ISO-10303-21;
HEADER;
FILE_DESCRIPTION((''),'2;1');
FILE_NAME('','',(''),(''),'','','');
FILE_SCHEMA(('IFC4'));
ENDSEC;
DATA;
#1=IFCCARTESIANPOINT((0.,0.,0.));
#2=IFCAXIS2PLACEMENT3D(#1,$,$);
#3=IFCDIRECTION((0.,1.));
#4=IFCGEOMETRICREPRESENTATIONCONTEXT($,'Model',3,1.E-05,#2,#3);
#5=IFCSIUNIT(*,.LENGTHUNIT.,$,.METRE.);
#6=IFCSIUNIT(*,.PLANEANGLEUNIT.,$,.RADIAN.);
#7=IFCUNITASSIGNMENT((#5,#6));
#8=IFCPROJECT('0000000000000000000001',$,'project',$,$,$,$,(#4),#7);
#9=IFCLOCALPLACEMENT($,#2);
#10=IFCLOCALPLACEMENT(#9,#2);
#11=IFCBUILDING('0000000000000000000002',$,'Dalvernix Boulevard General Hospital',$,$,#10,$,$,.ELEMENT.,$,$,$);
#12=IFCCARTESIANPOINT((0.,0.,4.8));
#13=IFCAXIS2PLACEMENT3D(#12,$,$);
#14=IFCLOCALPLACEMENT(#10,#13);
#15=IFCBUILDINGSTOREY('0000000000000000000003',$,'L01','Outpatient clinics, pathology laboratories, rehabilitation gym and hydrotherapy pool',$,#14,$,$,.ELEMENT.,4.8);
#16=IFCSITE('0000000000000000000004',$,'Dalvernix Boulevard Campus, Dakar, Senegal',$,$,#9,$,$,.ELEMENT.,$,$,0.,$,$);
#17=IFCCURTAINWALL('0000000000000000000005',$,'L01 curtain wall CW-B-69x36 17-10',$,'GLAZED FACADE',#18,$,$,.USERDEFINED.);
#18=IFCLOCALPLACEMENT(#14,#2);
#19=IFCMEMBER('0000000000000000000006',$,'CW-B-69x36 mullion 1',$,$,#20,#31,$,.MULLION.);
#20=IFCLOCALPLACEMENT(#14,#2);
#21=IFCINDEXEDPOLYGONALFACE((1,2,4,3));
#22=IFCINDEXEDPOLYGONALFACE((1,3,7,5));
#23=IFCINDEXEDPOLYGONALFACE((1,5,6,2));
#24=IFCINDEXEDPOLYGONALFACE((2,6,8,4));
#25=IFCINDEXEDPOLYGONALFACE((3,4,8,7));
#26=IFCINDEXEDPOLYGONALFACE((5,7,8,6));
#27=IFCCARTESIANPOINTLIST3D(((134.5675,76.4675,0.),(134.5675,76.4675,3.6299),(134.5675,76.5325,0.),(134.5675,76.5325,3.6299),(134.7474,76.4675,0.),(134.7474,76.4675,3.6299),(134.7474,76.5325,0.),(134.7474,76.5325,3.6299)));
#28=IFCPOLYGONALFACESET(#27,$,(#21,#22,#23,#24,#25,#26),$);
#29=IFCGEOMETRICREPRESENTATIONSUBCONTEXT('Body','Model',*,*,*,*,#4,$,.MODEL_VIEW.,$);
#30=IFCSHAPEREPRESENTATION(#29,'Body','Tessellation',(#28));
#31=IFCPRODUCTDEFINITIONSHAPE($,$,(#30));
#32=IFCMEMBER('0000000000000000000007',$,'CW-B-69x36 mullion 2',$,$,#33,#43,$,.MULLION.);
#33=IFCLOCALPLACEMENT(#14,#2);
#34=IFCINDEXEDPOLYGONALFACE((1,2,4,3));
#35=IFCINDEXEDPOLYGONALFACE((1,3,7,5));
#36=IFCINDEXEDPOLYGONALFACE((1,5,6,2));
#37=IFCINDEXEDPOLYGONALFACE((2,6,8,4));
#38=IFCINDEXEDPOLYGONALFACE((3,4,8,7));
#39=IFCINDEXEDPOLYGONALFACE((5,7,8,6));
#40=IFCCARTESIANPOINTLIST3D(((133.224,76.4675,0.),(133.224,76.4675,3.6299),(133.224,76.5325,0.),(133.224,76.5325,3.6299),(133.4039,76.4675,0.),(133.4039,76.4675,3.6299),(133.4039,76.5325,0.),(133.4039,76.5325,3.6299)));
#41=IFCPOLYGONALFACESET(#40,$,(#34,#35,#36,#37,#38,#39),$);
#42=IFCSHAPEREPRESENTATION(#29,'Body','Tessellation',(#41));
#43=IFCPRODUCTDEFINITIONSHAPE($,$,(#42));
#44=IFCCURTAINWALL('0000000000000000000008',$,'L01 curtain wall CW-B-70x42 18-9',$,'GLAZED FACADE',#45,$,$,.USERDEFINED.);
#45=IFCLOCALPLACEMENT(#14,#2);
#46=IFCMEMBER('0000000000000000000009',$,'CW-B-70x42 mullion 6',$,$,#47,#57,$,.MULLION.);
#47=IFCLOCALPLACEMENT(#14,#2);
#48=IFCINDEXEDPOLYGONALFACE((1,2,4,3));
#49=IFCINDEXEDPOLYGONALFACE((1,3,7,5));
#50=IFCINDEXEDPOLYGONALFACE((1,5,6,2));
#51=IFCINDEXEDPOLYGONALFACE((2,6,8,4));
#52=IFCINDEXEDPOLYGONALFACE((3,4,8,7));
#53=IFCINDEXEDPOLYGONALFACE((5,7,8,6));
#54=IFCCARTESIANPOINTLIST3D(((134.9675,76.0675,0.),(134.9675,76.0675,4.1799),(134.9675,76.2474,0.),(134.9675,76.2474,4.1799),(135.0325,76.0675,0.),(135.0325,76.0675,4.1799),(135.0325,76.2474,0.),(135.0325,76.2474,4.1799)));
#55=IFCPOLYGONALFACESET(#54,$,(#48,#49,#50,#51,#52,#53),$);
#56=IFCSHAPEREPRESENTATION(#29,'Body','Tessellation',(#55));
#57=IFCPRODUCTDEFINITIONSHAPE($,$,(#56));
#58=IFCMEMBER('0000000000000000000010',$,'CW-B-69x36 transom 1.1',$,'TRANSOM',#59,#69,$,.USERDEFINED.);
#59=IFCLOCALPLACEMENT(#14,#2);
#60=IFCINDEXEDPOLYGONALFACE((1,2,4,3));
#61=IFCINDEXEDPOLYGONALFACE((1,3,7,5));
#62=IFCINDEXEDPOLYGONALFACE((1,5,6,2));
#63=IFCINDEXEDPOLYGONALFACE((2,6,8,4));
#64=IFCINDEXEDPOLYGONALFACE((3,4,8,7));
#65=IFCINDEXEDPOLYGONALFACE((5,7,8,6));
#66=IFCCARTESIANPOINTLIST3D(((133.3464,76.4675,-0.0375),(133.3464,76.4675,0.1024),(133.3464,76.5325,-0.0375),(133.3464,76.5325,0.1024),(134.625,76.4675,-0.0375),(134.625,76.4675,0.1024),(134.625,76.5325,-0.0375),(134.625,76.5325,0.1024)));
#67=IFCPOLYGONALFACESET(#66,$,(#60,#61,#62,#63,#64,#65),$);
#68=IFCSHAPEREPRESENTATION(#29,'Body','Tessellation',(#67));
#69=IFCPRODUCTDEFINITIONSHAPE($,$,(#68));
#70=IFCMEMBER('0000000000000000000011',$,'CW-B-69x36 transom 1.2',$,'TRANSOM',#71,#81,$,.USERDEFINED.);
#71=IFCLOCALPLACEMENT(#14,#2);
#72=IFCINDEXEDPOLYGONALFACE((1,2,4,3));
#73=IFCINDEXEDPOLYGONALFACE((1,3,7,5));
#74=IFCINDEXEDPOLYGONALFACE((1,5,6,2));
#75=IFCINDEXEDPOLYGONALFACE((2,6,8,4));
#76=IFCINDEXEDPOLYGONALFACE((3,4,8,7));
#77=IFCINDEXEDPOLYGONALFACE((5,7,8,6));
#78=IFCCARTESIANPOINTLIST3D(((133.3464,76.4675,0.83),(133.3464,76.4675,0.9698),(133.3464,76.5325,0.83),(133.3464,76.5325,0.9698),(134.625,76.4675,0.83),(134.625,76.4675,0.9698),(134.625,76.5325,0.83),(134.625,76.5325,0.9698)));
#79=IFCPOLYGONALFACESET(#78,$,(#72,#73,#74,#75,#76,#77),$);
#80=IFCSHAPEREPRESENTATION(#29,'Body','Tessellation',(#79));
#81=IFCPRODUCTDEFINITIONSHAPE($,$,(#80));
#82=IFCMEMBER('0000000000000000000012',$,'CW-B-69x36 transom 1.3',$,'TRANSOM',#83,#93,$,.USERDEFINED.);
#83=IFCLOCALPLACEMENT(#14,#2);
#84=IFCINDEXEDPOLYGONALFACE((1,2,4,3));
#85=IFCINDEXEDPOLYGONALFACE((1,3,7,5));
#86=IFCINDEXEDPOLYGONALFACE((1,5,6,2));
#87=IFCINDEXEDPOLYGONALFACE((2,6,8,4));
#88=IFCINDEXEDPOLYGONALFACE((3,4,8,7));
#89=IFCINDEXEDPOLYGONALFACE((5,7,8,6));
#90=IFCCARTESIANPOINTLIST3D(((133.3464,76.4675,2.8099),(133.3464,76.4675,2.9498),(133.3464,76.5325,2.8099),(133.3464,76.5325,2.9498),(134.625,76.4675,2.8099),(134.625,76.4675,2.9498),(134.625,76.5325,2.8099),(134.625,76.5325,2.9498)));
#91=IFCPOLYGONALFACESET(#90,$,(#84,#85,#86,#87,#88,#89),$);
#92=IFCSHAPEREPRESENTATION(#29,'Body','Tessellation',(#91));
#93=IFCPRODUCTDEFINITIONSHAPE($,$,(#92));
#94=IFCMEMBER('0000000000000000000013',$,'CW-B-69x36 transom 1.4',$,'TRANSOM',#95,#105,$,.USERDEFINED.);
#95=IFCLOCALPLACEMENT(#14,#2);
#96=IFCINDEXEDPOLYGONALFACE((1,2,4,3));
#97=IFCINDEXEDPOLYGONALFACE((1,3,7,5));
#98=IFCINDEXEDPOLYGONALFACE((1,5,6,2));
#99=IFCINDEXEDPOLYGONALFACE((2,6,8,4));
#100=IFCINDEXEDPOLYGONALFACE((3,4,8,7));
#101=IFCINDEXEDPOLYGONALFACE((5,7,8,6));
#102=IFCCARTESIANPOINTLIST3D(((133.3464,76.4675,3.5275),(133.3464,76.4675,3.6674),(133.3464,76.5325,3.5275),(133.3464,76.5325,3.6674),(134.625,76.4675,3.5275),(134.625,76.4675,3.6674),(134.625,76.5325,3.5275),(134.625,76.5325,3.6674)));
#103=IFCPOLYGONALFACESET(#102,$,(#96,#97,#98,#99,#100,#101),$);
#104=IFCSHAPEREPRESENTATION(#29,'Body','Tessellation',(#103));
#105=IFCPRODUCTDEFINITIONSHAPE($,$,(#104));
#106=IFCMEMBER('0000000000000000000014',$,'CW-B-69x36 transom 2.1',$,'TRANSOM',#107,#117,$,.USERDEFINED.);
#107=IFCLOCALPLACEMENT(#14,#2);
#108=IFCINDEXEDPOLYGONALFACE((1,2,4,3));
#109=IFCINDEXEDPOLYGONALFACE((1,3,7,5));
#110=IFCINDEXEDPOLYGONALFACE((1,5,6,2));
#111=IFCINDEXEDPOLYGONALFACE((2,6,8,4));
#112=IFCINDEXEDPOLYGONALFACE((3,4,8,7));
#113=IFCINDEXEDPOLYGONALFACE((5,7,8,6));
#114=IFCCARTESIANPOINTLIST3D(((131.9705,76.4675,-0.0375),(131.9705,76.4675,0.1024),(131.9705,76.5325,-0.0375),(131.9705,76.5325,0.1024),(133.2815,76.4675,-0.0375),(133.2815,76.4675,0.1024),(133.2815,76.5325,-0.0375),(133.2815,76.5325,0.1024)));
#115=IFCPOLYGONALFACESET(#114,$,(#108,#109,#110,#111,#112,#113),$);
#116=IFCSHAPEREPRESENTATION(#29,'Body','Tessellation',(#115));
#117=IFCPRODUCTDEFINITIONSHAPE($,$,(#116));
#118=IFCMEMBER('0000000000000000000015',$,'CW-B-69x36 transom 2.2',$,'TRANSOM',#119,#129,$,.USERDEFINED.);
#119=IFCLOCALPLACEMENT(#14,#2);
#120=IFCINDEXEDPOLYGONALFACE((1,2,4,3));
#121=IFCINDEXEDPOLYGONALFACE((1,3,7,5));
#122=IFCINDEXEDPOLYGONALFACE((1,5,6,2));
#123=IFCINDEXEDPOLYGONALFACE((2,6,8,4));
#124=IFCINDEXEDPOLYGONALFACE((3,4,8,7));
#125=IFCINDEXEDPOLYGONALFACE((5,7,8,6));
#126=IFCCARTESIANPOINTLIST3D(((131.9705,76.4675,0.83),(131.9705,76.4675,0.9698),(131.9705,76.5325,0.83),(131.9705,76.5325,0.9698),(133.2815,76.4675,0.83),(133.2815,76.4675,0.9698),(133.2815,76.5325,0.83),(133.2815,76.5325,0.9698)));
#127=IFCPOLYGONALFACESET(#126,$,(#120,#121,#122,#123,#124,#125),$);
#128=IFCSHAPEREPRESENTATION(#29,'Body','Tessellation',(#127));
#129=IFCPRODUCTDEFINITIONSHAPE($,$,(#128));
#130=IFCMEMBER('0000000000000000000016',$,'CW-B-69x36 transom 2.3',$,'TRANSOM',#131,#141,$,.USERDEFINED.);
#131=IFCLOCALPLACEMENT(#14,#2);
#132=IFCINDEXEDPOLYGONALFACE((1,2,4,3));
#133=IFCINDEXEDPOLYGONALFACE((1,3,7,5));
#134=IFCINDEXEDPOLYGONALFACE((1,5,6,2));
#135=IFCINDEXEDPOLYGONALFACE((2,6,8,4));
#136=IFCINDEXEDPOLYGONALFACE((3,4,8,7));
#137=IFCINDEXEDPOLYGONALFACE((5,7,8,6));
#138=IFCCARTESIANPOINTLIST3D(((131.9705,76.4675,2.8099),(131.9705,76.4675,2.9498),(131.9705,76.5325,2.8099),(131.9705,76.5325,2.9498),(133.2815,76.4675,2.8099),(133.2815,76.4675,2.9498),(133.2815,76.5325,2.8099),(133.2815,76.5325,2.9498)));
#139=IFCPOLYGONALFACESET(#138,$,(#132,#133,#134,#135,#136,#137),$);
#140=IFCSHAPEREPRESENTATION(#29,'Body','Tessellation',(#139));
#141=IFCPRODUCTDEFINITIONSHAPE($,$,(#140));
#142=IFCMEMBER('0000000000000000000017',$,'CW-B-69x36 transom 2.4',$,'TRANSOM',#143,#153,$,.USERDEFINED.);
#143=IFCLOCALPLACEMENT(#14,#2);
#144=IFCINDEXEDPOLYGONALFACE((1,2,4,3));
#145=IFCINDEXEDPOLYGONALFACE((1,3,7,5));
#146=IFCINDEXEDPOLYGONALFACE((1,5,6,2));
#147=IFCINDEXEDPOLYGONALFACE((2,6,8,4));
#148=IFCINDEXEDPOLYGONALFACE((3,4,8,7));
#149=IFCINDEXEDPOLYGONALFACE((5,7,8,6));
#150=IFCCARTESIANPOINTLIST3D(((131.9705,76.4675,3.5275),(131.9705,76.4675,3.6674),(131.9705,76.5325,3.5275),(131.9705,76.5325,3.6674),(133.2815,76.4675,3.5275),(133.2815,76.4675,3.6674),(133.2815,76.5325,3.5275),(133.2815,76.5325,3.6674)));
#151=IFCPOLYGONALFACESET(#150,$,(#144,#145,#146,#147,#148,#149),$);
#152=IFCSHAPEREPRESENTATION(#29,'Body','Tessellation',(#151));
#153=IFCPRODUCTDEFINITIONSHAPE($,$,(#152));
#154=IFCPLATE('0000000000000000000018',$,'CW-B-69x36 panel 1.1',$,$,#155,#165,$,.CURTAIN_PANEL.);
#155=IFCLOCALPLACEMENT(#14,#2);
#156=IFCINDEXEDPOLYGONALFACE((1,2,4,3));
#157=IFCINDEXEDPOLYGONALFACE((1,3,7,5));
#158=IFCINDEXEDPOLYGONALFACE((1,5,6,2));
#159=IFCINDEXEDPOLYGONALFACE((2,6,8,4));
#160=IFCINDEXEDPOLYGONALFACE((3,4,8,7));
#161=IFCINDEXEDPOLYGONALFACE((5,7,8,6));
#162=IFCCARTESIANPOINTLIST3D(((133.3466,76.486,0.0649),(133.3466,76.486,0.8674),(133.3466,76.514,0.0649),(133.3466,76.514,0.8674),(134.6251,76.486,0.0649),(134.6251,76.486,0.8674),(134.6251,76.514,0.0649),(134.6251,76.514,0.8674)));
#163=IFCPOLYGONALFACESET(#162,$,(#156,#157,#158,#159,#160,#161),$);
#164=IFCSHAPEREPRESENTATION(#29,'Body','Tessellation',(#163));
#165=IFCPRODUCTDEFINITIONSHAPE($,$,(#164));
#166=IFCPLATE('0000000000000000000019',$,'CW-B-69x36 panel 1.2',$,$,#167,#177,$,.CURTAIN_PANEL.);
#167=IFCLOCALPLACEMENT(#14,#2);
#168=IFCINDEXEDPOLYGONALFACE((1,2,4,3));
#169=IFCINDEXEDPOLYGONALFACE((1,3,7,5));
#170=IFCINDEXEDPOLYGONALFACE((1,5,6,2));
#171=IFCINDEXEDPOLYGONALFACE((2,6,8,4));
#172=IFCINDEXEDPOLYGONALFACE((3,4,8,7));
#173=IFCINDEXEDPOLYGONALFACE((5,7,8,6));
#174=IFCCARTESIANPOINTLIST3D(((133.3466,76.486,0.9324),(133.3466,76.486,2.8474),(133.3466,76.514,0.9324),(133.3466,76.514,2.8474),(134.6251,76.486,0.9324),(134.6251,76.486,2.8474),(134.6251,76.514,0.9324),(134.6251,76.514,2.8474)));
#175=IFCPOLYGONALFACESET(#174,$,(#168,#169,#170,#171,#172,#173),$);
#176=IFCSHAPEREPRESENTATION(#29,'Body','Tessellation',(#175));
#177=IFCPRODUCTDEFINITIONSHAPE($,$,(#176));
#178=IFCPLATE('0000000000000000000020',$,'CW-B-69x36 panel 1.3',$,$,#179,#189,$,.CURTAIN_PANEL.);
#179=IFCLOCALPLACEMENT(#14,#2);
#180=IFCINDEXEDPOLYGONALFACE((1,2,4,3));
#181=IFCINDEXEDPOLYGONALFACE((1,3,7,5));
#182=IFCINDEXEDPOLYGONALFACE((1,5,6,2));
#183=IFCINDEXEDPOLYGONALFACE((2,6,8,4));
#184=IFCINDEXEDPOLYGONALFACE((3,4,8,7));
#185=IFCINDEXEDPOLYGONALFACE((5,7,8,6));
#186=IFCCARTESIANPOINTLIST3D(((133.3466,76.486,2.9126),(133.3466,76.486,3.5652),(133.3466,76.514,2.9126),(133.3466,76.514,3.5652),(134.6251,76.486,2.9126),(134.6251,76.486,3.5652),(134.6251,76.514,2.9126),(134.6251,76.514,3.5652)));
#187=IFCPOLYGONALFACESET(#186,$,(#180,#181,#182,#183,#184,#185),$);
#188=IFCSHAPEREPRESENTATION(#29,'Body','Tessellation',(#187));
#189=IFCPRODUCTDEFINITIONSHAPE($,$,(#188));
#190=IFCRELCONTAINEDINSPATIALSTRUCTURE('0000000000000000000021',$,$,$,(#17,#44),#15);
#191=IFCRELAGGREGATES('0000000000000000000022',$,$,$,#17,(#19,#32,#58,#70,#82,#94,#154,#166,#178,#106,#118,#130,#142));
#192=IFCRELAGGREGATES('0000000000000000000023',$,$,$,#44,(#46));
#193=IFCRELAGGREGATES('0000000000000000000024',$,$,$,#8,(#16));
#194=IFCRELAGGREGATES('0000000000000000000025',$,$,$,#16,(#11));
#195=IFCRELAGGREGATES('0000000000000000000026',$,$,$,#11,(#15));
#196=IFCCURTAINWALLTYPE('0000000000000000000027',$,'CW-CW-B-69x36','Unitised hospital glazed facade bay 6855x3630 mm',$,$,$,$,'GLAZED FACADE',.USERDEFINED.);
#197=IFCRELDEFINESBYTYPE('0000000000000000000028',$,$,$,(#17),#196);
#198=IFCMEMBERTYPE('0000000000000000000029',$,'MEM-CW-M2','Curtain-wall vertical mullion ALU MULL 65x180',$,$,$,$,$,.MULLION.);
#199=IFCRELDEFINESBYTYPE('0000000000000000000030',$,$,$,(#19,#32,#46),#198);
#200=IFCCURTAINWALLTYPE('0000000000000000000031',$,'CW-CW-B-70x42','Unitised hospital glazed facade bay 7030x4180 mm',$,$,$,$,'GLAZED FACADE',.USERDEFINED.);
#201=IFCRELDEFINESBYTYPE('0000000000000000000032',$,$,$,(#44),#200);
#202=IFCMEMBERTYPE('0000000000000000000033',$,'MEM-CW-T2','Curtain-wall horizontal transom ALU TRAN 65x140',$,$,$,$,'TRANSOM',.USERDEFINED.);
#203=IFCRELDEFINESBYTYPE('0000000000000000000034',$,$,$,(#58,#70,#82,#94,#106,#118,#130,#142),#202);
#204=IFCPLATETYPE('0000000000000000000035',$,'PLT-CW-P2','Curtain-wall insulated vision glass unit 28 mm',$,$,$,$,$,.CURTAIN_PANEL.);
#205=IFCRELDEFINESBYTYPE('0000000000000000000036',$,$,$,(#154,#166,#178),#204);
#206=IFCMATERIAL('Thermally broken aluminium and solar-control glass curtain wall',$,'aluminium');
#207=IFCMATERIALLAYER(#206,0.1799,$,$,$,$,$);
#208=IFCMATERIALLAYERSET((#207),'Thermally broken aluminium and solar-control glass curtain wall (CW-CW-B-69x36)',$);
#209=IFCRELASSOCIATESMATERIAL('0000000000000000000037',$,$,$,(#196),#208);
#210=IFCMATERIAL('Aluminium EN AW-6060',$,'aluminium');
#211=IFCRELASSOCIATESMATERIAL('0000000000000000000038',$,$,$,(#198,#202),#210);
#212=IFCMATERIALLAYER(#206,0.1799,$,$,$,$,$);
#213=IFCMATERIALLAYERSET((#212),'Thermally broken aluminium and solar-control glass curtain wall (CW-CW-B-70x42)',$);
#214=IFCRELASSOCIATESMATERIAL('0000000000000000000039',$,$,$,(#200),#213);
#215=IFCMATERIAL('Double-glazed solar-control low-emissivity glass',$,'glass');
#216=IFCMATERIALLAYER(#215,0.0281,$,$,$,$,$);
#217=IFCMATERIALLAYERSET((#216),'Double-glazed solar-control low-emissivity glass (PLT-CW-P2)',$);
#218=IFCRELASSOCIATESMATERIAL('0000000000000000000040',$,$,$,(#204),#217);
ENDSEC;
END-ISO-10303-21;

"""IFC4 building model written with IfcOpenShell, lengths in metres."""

from ifc_helpers import new_model, si_unit, direction, frame, origin, origin_2d, place, context, subcontext, project, spatial, rectangle, extrude, material, layer, layer_set, material_profile, profile_set, type_object, element, aggregate, save


model = new_model("IFC4")

# Units and contexts
model_context = context("Model", 3, precision=1e-05, world=origin(), true_north=direction((0.0, 1.0)))
body_context = subcontext(model_context, "Body", "Model", "MODEL_VIEW")
ifc_project = project(units=[si_unit("LENGTHUNIT", "METRE"), si_unit("PLANEANGLEUNIT", "RADIAN")], contexts=[model_context])

# Site, building, storey
site_placement = place(None, origin())
site = spatial("IfcSite", under=ifc_project, at=site_placement, Name="Dalvernix Boulevard Campus, Dakar, Senegal", CompositionType="ELEMENT", RefElevation=0.0)
building_placement = place(site_placement, origin())
building = spatial("IfcBuilding", under=site, at=building_placement, Name="Dalvernix Boulevard General Hospital", CompositionType="ELEMENT")
storey_placement = place(building_placement, frame((0.0, 0.0, 4.8)))
storey = spatial("IfcBuildingStorey", under=building, at=storey_placement, Name="L01", Description="Outpatient clinics, pathology laboratories, rehabilitation gym and hydrotherapy pool", CompositionType="ELEMENT", Elevation=4.8)

# Curtain wall, members
ifc_material_1 = material(Name="Thermally broken aluminium and solar-control glass curtain wall", Category="aluminium")
ifc_layer_1 = layer(ifc_material_1, 0.1799)
ifc_layer_set_1 = layer_set([ifc_layer_1], Name="Thermally broken aluminium and solar-control glass curtain wall (CW-CW-B-69x36)")
curtain_wall_type_1 = type_object("IfcCurtainWallType", Name="CW-CW-B-69x36", Description="Unitised hospital glazed facade bay 6855x3630 mm", ElementType="GLAZED FACADE", PredefinedType="USERDEFINED", material=ifc_layer_set_1)
curtain_wall_1_placement = place(storey_placement, origin())
curtain_wall_1 = element("IfcCurtainWall", 1, at=curtain_wall_1_placement, inside=storey, type_object=curtain_wall_type_1, Name="L01 curtain wall CW-B-69x36 17-10", ObjectType="GLAZED FACADE", PredefinedType="USERDEFINED")
ifc_material_2 = material(Name="Aluminium EN AW-6060", Category="aluminium")
ifc_material_profile_1 = material_profile(ifc_material_2, rectangle(XDim=0.0649, YDim=0.1799, at=origin_2d()), Name="ALU MULL 65x180")
ifc_profile_set_1 = profile_set([ifc_material_profile_1], Name="Aluminium EN AW-6060")
member_type_1 = type_object("IfcMemberType", Name="MEM-CW-M2", Description="Curtain-wall vertical mullion ALU MULL 65x180", PredefinedType="MULLION", material=ifc_profile_set_1)
member_1_placement = place(storey_placement, frame((134.6575, 76.5, 0.0), z_axis=(0.0, 0.0, 1.0), x_axis=(0.0, -1.0, 0.0)))
member_1 = element("IfcMember", 2, at=member_1_placement, type_object=member_type_1, Name="CW-B-69x36 mullion 1", PredefinedType="MULLION", context=body_context, shape_type="SweptSolid", body=[
    extrude(rectangle(XDim=0.0649, YDim=0.1799, at=origin_2d()), origin(), (0.0, 0.0, 1.0), 3.6299),
])
member_2_placement = place(storey_placement, frame((133.314, 76.5, 0.0), z_axis=(0.0, 0.0, 1.0), x_axis=(0.0, -1.0, 0.0)))
member_2 = element("IfcMember", 3, at=member_2_placement, type_object=member_type_1, Name="CW-B-69x36 mullion 2", PredefinedType="MULLION", context=body_context, shape_type="SweptSolid", body=[
    extrude(rectangle(XDim=0.0649, YDim=0.1799, at=origin_2d()), origin(), (0.0, 0.0, 1.0), 3.6299),
])

# Curtain wall, member
ifc_layer_2 = layer(ifc_material_1, 0.1799)
ifc_layer_set_2 = layer_set([ifc_layer_2], Name="Thermally broken aluminium and solar-control glass curtain wall (CW-CW-B-70x42)")
curtain_wall_type_2 = type_object("IfcCurtainWallType", Name="CW-CW-B-70x42", Description="Unitised hospital glazed facade bay 7030x4180 mm", ElementType="GLAZED FACADE", PredefinedType="USERDEFINED", material=ifc_layer_set_2)
curtain_wall_2_placement = place(storey_placement, origin())
curtain_wall_2 = element("IfcCurtainWall", 4, at=curtain_wall_2_placement, inside=storey, type_object=curtain_wall_type_2, Name="L01 curtain wall CW-B-70x42 18-9", ObjectType="GLAZED FACADE", PredefinedType="USERDEFINED")
member_3_placement = place(storey_placement, frame((135.0, 76.1575, 0.0), z_axis=(0.0, 0.0, 1.0), x_axis=(-1.0, 0.0, 0.0)))
member_3 = element("IfcMember", 5, at=member_3_placement, type_object=member_type_1, Name="CW-B-70x42 mullion 6", PredefinedType="MULLION", context=body_context, shape_type="SweptSolid", body=[
    extrude(rectangle(XDim=0.0649, YDim=0.1799, at=origin_2d()), origin(), (0.0, 0.0, 1.0), 4.1799),
])

# Members
ifc_material_profile_2 = material_profile(ifc_material_2, rectangle(XDim=0.0649, YDim=0.1399, at=origin_2d()), Name="ALU TRAN 65x140")
ifc_profile_set_2 = profile_set([ifc_material_profile_2], Name="Aluminium EN AW-6060")
member_type_2 = type_object("IfcMemberType", Name="MEM-CW-T2", Description="Curtain-wall horizontal transom ALU TRAN 65x140", ElementType="TRANSOM", PredefinedType="USERDEFINED", material=ifc_profile_set_2)
member_4_placement = place(storey_placement, frame((134.625, 76.5, 0.0325), z_axis=(-1.0, 0.0, 0.0), x_axis=(0.0, -1.0, 0.0)))
member_4 = element("IfcMember", 6, at=member_4_placement, type_object=member_type_2, Name="CW-B-69x36 transom 1.1", ObjectType="TRANSOM", PredefinedType="USERDEFINED", context=body_context, shape_type="SweptSolid", body=[
    extrude(rectangle(XDim=0.0649, YDim=0.1399, at=origin_2d()), origin(), (0.0, 0.0, 1.0), 1.2786),
])
member_5_placement = place(storey_placement, frame((134.625, 76.5, 0.8999), z_axis=(-1.0, 0.0, 0.0), x_axis=(0.0, -1.0, 0.0)))
member_5 = element("IfcMember", 7, at=member_5_placement, type_object=member_type_2, Name="CW-B-69x36 transom 1.2", ObjectType="TRANSOM", PredefinedType="USERDEFINED", context=body_context, shape_type="SweptSolid", body=[
    extrude(rectangle(XDim=0.0649, YDim=0.1399, at=origin_2d()), origin(), (0.0, 0.0, 1.0), 1.2786),
])
member_6_placement = place(storey_placement, frame((134.625, 76.5, 2.8799), z_axis=(-1.0, 0.0, 0.0), x_axis=(0.0, -1.0, 0.0)))
member_6 = element("IfcMember", 8, at=member_6_placement, type_object=member_type_2, Name="CW-B-69x36 transom 1.3", ObjectType="TRANSOM", PredefinedType="USERDEFINED", context=body_context, shape_type="SweptSolid", body=[
    extrude(rectangle(XDim=0.0649, YDim=0.1399, at=origin_2d()), origin(), (0.0, 0.0, 1.0), 1.2786),
])
member_7_placement = place(storey_placement, frame((134.625, 76.5, 3.5974), z_axis=(-1.0, 0.0, 0.0), x_axis=(0.0, -1.0, 0.0)))
member_7 = element("IfcMember", 9, at=member_7_placement, type_object=member_type_2, Name="CW-B-69x36 transom 1.4", ObjectType="TRANSOM", PredefinedType="USERDEFINED", context=body_context, shape_type="SweptSolid", body=[
    extrude(rectangle(XDim=0.0649, YDim=0.1399, at=origin_2d()), origin(), (0.0, 0.0, 1.0), 1.2786),
])
member_8_placement = place(storey_placement, frame((133.2815, 76.5, 0.0325), z_axis=(-1.0, 0.0, 0.0), x_axis=(0.0, -1.0, 0.0)))
member_8 = element("IfcMember", 10, at=member_8_placement, type_object=member_type_2, Name="CW-B-69x36 transom 2.1", ObjectType="TRANSOM", PredefinedType="USERDEFINED", context=body_context, shape_type="SweptSolid", body=[
    extrude(rectangle(XDim=0.0649, YDim=0.1399, at=origin_2d()), origin(), (0.0, 0.0, 1.0), 1.311),
])
member_9_placement = place(storey_placement, frame((133.2815, 76.5, 0.8999), z_axis=(-1.0, 0.0, 0.0), x_axis=(0.0, -1.0, 0.0)))
member_9 = element("IfcMember", 11, at=member_9_placement, type_object=member_type_2, Name="CW-B-69x36 transom 2.2", ObjectType="TRANSOM", PredefinedType="USERDEFINED", context=body_context, shape_type="SweptSolid", body=[
    extrude(rectangle(XDim=0.0649, YDim=0.1399, at=origin_2d()), origin(), (0.0, 0.0, 1.0), 1.311),
])
member_10_placement = place(storey_placement, frame((133.2815, 76.5, 2.8799), z_axis=(-1.0, 0.0, 0.0), x_axis=(0.0, -1.0, 0.0)))
member_10 = element("IfcMember", 12, at=member_10_placement, type_object=member_type_2, Name="CW-B-69x36 transom 2.3", ObjectType="TRANSOM", PredefinedType="USERDEFINED", context=body_context, shape_type="SweptSolid", body=[
    extrude(rectangle(XDim=0.0649, YDim=0.1399, at=origin_2d()), origin(), (0.0, 0.0, 1.0), 1.311),
])
member_11_placement = place(storey_placement, frame((133.2815, 76.5, 3.5974), z_axis=(-1.0, 0.0, 0.0), x_axis=(0.0, -1.0, 0.0)))
member_11 = element("IfcMember", 13, at=member_11_placement, type_object=member_type_2, Name="CW-B-69x36 transom 2.4", ObjectType="TRANSOM", PredefinedType="USERDEFINED", context=body_context, shape_type="SweptSolid", body=[
    extrude(rectangle(XDim=0.0649, YDim=0.1399, at=origin_2d()), origin(), (0.0, 0.0, 1.0), 1.311),
])

# Plates
ifc_material_3 = material(Name="Double-glazed solar-control low-emissivity glass", Category="glass")
ifc_layer_3 = layer(ifc_material_3, 0.0281)
ifc_layer_set_3 = layer_set([ifc_layer_3], Name="Double-glazed solar-control low-emissivity glass (PLT-CW-P2)")
plate_type = type_object("IfcPlateType", Name="PLT-CW-P2", Description="Curtain-wall insulated vision glass unit 28 mm", PredefinedType="CURTAIN_PANEL", material=ifc_layer_set_3)
plate_1_placement = place(storey_placement, frame((133.9858, 76.5, 0.0649), z_axis=(0.0, 0.0, 1.0), x_axis=(-1.0, 0.0, 0.0)))
plate_1 = element("IfcPlate", 14, at=plate_1_placement, type_object=plate_type, Name="CW-B-69x36 panel 1.1", PredefinedType="CURTAIN_PANEL", context=body_context, shape_type="SweptSolid", body=[
    extrude(rectangle(XDim=1.2786, YDim=0.0281, at=origin_2d()), origin(), (0.0, 0.0, 1.0), 0.8025),
])
plate_2_placement = place(storey_placement, frame((133.9858, 76.5, 0.9324), z_axis=(0.0, 0.0, 1.0), x_axis=(-1.0, 0.0, 0.0)))
plate_2 = element("IfcPlate", 15, at=plate_2_placement, type_object=plate_type, Name="CW-B-69x36 panel 1.2", PredefinedType="CURTAIN_PANEL", context=body_context, shape_type="SweptSolid", body=[
    extrude(rectangle(XDim=1.2786, YDim=0.0281, at=origin_2d()), origin(), (0.0, 0.0, 1.0), 1.915),
])
plate_3_placement = place(storey_placement, frame((133.9858, 76.5, 2.9126), z_axis=(0.0, 0.0, 1.0), x_axis=(-1.0, 0.0, 0.0)))
plate_3 = element("IfcPlate", 16, at=plate_3_placement, type_object=plate_type, Name="CW-B-69x36 panel 1.3", PredefinedType="CURTAIN_PANEL", context=body_context, shape_type="SweptSolid", body=[
    extrude(rectangle(XDim=1.2786, YDim=0.0281, at=origin_2d()), origin(), (0.0, 0.0, 1.0), 0.6526),
])
aggregate(curtain_wall_1, [member_1, member_2, member_4, member_5, member_6, member_7, plate_1, plate_2, plate_3, member_8, member_9, member_10, member_11])
aggregate(curtain_wall_2, [member_3])

save(model, "model.ifc")
